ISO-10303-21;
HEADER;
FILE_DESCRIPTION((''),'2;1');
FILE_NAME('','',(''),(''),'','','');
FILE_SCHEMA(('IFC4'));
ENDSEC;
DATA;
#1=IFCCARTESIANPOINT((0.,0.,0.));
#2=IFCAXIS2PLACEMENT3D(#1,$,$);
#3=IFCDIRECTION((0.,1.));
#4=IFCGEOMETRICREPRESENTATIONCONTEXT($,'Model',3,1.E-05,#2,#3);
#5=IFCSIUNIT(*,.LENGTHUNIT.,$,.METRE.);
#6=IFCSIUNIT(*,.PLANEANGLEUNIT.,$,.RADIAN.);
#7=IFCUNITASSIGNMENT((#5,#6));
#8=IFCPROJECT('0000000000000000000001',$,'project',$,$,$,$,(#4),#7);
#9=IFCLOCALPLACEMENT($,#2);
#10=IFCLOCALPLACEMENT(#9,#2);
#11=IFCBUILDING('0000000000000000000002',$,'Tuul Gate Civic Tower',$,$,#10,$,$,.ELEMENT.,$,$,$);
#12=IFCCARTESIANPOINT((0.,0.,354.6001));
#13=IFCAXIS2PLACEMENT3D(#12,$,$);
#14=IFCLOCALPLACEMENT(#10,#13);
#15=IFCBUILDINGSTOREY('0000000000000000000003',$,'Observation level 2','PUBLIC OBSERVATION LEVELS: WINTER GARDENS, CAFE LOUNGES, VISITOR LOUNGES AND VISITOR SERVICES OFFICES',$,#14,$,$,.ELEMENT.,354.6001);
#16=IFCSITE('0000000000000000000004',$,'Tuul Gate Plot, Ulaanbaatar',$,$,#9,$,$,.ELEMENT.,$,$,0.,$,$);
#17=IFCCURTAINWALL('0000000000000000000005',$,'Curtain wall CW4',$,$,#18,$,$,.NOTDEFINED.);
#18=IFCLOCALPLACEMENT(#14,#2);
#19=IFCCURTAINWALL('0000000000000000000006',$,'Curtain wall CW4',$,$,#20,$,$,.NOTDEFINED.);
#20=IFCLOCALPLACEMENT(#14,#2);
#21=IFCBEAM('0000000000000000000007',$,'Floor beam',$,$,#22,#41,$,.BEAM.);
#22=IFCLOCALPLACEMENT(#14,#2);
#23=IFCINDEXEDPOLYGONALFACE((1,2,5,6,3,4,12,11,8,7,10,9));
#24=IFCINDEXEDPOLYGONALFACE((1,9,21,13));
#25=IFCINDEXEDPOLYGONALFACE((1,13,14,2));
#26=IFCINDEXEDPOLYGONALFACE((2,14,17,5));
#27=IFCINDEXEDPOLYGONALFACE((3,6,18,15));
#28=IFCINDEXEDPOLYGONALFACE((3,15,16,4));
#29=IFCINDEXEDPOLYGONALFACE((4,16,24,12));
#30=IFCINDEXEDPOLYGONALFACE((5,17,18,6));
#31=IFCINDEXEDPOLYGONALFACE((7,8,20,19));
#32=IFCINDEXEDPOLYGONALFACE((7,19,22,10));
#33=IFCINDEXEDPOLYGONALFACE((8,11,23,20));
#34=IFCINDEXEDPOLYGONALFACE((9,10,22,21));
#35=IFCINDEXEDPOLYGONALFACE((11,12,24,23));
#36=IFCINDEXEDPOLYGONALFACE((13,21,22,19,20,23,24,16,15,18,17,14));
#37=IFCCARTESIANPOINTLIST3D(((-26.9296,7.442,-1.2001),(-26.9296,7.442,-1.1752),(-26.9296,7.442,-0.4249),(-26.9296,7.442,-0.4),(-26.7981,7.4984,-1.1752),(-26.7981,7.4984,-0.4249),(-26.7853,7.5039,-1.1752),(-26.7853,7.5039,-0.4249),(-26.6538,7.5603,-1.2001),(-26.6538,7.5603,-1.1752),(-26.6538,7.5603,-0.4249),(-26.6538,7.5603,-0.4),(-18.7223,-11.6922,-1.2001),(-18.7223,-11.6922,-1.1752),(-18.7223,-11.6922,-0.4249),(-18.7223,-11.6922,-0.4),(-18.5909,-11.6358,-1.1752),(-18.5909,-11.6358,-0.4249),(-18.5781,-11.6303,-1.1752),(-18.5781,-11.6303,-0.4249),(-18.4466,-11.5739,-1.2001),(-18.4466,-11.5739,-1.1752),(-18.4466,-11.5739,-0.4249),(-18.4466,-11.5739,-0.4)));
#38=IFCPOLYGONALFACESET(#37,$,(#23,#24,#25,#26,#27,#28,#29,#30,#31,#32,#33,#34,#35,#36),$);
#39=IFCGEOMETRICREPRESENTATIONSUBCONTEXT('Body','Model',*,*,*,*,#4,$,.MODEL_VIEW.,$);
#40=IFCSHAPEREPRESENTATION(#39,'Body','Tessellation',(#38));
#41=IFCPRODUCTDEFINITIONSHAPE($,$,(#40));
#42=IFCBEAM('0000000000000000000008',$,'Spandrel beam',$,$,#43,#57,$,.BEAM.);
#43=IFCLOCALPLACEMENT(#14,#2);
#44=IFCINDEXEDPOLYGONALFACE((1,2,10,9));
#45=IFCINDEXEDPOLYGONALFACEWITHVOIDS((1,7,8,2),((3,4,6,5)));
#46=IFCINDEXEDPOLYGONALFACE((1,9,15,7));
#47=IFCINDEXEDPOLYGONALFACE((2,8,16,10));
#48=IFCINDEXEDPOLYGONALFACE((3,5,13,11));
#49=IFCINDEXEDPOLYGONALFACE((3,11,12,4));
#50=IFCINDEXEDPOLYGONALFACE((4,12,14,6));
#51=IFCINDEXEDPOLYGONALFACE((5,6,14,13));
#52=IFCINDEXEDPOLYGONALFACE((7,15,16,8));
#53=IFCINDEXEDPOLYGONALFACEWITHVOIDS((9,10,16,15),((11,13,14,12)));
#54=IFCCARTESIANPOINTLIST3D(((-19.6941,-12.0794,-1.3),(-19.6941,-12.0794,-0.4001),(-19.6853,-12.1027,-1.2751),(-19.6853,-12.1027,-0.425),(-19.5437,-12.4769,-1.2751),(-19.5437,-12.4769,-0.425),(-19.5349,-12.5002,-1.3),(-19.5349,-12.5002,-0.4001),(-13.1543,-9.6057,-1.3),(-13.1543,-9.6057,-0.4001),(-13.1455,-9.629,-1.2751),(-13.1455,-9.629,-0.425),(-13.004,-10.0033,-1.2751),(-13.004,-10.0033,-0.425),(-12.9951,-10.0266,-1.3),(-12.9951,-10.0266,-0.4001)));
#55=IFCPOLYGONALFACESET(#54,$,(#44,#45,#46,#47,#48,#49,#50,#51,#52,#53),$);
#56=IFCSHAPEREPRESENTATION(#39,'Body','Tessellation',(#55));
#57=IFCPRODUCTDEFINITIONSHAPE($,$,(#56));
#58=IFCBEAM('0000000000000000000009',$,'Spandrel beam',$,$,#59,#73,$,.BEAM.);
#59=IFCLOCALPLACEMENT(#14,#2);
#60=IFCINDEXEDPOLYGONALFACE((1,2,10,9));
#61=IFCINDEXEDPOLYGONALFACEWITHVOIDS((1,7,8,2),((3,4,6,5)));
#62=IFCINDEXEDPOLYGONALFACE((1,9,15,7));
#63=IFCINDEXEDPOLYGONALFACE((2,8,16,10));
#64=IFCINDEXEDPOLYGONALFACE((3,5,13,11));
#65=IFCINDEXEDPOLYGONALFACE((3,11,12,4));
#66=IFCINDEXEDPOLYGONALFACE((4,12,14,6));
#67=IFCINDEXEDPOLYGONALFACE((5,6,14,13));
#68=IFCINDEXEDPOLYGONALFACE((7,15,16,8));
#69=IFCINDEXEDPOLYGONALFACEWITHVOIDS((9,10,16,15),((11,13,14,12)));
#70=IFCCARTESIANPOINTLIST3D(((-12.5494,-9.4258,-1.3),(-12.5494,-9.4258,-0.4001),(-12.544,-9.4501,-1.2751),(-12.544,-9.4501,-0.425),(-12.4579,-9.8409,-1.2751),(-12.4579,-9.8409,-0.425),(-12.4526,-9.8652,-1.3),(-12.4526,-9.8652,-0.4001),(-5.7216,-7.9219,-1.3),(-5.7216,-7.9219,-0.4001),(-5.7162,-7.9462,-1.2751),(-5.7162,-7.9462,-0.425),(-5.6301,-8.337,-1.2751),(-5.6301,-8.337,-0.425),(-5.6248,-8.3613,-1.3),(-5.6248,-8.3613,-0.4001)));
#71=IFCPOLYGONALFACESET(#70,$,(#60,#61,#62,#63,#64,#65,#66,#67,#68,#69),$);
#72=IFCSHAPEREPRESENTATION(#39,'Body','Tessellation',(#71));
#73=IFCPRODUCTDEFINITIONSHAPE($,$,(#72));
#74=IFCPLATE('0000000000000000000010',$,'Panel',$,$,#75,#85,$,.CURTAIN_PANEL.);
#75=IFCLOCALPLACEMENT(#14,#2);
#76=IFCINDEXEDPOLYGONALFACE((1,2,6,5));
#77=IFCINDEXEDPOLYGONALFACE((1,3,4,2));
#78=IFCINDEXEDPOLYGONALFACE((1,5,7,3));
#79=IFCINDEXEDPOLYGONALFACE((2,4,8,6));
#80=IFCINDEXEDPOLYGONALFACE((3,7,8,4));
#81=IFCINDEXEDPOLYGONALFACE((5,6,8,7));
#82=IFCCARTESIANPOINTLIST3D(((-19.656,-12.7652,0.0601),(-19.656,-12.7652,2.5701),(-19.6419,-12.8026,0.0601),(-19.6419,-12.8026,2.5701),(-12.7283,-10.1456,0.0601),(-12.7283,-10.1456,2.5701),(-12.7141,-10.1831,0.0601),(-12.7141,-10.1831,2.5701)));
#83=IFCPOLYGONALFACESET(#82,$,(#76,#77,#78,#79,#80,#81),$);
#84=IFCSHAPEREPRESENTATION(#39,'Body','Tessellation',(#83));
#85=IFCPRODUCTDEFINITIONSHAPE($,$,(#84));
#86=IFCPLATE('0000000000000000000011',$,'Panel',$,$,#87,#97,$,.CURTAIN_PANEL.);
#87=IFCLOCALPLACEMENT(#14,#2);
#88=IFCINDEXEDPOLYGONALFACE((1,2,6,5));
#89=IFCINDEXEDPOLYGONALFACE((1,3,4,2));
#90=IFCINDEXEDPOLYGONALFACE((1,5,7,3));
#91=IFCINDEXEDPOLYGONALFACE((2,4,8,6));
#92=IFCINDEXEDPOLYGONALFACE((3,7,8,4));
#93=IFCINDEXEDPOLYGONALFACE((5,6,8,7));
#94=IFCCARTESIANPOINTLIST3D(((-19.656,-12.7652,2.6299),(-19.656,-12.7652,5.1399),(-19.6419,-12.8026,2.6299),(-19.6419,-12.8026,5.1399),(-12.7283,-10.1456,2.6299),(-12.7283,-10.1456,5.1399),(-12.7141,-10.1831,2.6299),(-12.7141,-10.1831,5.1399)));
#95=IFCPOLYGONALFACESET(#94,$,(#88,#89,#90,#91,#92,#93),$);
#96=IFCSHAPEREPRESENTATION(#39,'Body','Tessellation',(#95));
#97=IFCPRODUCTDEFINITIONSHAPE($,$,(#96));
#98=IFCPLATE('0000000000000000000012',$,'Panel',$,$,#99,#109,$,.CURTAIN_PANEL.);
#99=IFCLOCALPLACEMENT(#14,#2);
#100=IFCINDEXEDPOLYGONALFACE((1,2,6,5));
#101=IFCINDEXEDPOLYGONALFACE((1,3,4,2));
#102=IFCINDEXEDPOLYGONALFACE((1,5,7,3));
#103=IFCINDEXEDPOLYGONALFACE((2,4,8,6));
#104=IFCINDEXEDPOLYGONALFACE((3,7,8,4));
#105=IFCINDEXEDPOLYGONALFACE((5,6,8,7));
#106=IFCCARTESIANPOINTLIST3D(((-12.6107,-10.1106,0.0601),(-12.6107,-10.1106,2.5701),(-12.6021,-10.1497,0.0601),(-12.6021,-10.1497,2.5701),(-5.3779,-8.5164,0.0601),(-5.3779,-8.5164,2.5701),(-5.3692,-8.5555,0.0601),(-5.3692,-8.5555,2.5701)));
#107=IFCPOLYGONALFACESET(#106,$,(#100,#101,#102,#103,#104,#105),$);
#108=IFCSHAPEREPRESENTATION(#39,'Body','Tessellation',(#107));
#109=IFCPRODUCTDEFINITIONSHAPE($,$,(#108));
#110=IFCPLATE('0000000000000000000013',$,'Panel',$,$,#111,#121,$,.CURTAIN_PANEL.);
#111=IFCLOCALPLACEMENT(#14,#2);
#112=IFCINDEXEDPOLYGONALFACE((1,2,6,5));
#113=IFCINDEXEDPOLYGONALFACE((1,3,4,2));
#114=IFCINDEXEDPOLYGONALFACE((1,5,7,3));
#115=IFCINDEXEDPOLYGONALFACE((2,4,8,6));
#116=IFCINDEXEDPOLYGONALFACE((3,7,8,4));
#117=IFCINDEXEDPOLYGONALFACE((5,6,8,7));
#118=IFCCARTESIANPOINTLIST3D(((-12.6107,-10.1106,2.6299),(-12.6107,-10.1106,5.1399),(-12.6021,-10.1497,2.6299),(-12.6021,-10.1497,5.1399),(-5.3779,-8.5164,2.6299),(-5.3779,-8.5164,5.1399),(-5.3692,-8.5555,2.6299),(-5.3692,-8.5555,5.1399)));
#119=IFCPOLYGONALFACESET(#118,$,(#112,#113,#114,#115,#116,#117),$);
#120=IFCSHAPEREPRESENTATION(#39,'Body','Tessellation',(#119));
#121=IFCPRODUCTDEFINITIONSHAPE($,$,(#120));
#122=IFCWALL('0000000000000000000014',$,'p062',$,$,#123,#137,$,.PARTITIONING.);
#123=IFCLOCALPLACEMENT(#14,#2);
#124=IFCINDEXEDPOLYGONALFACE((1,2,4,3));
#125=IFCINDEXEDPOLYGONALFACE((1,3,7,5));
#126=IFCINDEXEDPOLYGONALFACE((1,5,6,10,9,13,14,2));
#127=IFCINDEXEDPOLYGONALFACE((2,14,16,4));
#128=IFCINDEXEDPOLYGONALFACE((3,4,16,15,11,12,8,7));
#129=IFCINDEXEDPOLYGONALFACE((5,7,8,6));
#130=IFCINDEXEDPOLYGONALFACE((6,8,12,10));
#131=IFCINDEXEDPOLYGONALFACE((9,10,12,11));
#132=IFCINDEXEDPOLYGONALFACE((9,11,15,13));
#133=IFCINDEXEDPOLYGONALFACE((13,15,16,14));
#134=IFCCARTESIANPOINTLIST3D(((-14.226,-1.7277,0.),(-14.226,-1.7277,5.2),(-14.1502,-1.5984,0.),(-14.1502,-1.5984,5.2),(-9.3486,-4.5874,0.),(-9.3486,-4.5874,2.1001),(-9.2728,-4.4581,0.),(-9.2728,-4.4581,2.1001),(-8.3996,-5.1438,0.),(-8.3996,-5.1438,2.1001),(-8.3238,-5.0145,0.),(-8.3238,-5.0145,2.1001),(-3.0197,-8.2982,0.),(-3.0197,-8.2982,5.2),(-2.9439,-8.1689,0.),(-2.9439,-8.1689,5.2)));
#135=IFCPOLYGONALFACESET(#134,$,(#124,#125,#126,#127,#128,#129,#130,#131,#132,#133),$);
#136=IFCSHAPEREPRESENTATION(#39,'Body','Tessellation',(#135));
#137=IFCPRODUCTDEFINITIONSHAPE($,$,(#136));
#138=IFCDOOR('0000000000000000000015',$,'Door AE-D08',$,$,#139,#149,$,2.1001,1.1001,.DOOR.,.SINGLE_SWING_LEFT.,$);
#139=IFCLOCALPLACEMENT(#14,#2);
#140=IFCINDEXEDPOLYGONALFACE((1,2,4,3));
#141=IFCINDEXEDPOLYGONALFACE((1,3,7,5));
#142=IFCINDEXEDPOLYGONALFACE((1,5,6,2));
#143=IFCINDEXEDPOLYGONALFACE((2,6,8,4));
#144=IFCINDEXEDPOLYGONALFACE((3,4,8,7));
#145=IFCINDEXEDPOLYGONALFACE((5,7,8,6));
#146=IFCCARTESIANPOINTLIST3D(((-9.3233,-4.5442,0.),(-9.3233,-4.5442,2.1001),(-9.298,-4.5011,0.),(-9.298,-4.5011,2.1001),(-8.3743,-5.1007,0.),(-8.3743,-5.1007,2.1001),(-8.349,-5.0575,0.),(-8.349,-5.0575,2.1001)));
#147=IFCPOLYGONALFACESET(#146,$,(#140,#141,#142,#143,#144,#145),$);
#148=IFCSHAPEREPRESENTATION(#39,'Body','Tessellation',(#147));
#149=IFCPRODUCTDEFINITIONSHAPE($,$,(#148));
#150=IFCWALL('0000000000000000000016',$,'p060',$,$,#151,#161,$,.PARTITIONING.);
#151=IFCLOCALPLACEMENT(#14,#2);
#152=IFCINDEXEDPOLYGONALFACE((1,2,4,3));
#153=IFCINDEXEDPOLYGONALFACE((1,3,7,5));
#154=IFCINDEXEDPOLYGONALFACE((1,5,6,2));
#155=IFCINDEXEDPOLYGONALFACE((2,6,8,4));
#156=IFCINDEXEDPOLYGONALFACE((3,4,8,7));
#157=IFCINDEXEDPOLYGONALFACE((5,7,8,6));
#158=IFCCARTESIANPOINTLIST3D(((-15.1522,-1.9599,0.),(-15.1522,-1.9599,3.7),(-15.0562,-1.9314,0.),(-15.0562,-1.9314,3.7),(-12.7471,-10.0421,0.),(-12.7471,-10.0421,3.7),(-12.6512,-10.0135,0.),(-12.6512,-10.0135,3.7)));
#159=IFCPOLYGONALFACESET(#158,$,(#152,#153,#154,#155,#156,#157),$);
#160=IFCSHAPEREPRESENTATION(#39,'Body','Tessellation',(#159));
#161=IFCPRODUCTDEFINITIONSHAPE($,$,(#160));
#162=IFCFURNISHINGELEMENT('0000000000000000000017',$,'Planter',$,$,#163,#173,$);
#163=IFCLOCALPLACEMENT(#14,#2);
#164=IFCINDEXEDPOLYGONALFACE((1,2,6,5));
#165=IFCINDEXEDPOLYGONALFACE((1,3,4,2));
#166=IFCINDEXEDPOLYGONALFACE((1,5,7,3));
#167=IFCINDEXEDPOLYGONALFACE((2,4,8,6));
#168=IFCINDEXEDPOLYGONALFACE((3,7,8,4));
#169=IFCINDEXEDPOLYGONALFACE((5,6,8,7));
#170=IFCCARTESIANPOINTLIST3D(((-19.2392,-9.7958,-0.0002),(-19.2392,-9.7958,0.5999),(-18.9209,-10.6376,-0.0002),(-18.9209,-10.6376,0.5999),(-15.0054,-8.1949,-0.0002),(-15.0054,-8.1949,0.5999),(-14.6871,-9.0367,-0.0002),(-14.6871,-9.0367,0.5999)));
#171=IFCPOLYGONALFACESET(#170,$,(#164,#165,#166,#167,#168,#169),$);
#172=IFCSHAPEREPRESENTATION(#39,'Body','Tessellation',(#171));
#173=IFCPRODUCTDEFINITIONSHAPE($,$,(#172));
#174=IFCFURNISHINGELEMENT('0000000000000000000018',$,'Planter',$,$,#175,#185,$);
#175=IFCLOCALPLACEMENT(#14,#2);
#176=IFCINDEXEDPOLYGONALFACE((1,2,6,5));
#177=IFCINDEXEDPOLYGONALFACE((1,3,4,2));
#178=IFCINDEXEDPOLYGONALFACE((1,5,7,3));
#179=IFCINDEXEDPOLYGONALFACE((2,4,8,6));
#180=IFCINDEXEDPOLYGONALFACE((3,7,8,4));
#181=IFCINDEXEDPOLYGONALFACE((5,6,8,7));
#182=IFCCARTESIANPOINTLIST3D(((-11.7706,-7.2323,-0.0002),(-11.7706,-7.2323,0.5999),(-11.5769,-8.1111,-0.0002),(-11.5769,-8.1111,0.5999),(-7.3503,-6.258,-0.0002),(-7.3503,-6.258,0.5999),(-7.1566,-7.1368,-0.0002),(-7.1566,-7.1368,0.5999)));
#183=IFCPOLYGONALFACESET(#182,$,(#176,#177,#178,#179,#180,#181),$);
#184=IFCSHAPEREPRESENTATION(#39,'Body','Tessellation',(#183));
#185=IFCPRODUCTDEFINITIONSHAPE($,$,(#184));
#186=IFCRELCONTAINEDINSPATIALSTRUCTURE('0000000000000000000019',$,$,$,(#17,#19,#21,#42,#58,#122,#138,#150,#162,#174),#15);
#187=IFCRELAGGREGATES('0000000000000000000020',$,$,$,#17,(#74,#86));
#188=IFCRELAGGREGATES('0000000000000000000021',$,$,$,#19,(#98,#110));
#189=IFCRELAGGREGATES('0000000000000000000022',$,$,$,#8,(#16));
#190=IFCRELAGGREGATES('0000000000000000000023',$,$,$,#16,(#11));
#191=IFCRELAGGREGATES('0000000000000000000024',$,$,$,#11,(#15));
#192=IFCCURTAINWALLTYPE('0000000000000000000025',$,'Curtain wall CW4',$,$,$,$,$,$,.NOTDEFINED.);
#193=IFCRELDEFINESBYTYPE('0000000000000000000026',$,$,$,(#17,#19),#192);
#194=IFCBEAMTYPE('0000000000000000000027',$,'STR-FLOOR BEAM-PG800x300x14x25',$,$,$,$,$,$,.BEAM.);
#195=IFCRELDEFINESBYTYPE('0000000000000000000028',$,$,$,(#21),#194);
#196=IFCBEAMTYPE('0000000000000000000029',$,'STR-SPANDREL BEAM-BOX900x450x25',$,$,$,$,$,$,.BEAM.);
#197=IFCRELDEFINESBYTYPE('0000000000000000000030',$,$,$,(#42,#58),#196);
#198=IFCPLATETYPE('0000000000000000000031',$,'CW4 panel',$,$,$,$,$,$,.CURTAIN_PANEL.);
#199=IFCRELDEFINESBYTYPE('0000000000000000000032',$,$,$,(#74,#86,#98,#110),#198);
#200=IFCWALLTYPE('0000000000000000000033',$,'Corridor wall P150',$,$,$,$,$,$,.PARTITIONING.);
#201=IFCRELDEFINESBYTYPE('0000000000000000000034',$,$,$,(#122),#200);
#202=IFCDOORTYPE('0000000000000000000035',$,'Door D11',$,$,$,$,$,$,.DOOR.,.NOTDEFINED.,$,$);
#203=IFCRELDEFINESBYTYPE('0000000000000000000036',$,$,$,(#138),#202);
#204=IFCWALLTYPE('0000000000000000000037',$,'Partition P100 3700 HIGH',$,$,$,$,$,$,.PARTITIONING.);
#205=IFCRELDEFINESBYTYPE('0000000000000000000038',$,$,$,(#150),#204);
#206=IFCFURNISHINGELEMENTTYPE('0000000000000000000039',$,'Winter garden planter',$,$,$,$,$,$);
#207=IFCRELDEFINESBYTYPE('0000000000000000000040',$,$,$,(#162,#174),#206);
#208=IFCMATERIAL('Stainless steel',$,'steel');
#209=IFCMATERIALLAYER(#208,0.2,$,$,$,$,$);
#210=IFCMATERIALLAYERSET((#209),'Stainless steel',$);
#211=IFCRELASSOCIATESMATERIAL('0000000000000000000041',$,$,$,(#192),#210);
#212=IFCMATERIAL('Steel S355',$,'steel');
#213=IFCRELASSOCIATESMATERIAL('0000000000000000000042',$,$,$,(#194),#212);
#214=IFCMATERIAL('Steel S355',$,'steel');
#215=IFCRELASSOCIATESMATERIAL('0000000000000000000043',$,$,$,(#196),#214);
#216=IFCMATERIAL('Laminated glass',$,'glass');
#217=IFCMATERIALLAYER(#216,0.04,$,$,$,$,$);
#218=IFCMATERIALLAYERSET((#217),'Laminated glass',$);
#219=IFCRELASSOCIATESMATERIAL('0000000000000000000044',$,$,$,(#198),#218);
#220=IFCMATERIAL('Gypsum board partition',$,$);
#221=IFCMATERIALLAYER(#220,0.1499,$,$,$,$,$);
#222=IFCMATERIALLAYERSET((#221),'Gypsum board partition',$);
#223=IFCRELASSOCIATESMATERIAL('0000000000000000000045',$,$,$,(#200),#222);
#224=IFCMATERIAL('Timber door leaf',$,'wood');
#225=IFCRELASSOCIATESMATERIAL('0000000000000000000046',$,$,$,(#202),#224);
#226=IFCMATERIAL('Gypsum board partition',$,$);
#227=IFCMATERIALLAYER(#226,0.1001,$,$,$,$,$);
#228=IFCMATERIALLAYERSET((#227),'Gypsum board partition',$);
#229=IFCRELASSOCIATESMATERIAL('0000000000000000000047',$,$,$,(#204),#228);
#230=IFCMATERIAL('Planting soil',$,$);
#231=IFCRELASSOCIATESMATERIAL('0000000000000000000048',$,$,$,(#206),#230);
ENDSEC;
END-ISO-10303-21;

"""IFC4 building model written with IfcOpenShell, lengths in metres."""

from ifc_helpers import new_model, si_unit, direction, frame, frame_2d, origin, origin_2d, place, context, subcontext, project, spatial, rectangle, hollow_rectangle, i_section, extrude, material, layer, layer_set, material_profile, profile_set, type_object, element, fill, aggregate, save


model = new_model("IFC4")

# Units and contexts
model_context = context("Model", 3, precision=1e-05, world=origin(), true_north=direction((0.0, 1.0)))
body_context = subcontext(model_context, "Body", "Model", "MODEL_VIEW")
ifc_project = project(units=[si_unit("LENGTHUNIT", "METRE"), si_unit("PLANEANGLEUNIT", "RADIAN")], contexts=[model_context])

# Site, building, storey
site_placement = place(None, origin())
site = spatial("IfcSite", under=ifc_project, at=site_placement, Name="Tuul Gate Plot, Ulaanbaatar", CompositionType="ELEMENT", RefElevation=0.0)
building_placement = place(site_placement, origin())
building = spatial("IfcBuilding", under=site, at=building_placement, Name="Tuul Gate Civic Tower", CompositionType="ELEMENT")
storey_placement = place(building_placement, frame((0.0, 0.0, 354.6001)))
storey = spatial("IfcBuildingStorey", under=building, at=storey_placement, Name="Observation level 2", Description="PUBLIC OBSERVATION LEVELS: WINTER GARDENS, CAFE LOUNGES, VISITOR LOUNGES AND VISITOR SERVICES OFFICES", CompositionType="ELEMENT", Elevation=354.6001)

# Curtain walls
ifc_material_1 = material(Name="Stainless steel", Category="steel")
ifc_layer_1 = layer(ifc_material_1, 0.2)
ifc_layer_set_1 = layer_set([ifc_layer_1], Name="Stainless steel")
curtain_wall_type = type_object("IfcCurtainWallType", Name="Curtain wall CW4", PredefinedType="NOTDEFINED", material=ifc_layer_set_1)
curtain_wall_1_placement = place(storey_placement, origin())
curtain_wall_1 = element("IfcCurtainWall", 1, at=curtain_wall_1_placement, inside=storey, type_object=curtain_wall_type, Name="Curtain wall CW4", PredefinedType="NOTDEFINED")
curtain_wall_2_placement = place(storey_placement, origin())
curtain_wall_2 = element("IfcCurtainWall", 2, at=curtain_wall_2_placement, inside=storey, type_object=curtain_wall_type, Name="Curtain wall CW4", PredefinedType="NOTDEFINED")

# Beams
ifc_material_2 = material(Name="Steel S355", Category="steel")
ifc_material_profile_1 = material_profile(ifc_material_2, i_section(OverallWidth=0.3, OverallDepth=0.8, WebThickness=0.0139, FlangeThickness=0.0249, at=origin_2d()), Name="PG800x300x14x25")
ifc_profile_set_1 = profile_set([ifc_material_profile_1], Name="Steel S355")
beam_type_1 = type_object("IfcBeamType", Name="STR-FLOOR BEAM-PG800x300x14x25", PredefinedType="BEAM", material=ifc_profile_set_1)
beam_1_placement = place(storey_placement, frame((-18.5845, -11.6331, -0.8), z_axis=(-0.394198, 0.919026, 0.0), x_axis=(-0.919026, -0.394198, 0.0)))
element("IfcBeam", 3, at=beam_1_placement, inside=storey, type_object=beam_type_1, Name="Floor beam", PredefinedType="BEAM", context=body_context, shape_type="SweptSolid", body=[
    extrude(i_section(OverallWidth=0.3, OverallDepth=0.8, WebThickness=0.0139, FlangeThickness=0.0249, at=origin_2d()), origin(), (0.0, 0.0, 1.0), 20.8201),
])
ifc_material_3 = material(Name="Steel S355", Category="steel")
ifc_material_profile_2 = material_profile(ifc_material_3, hollow_rectangle(XDim=0.45, YDim=0.8999, WallThickness=0.0249, at=origin_2d()), Name="BOX900x450x25")
ifc_profile_set_2 = profile_set([ifc_material_profile_2], Name="Steel S355")
beam_type_2 = type_object("IfcBeamType", Name="STR-SPANDREL BEAM-BOX900x450x25", PredefinedType="BEAM", material=ifc_profile_set_2)
beam_2_placement = place(storey_placement, frame((-19.6145, -12.2898, -0.8501), z_axis=(0.935328, 0.353781, 0.0), x_axis=(-0.353781, 0.935328, 0.0)))
element("IfcBeam", 4, at=beam_2_placement, inside=storey, type_object=beam_type_2, Name="Spandrel beam", PredefinedType="BEAM", context=body_context, shape_type="SweptSolid", body=[
    extrude(hollow_rectangle(XDim=0.45, YDim=0.8999, WallThickness=0.0249, at=origin_2d()), origin(), (0.0, 0.0, 1.0), 6.9919),
])
beam_3_placement = place(storey_placement, frame((-12.501, -9.6455, -0.8501), z_axis=(0.976591, 0.215104, 0.0), x_axis=(-0.215104, 0.976591, 0.0)))
element("IfcBeam", 5, at=beam_3_placement, inside=storey, type_object=beam_type_2, Name="Spandrel beam", PredefinedType="BEAM", context=body_context, shape_type="SweptSolid", body=[
    extrude(hollow_rectangle(XDim=0.45, YDim=0.8999, WallThickness=0.0249, at=origin_2d()), origin(), (0.0, 0.0, 1.0), 6.9915),
])

# Plates
ifc_material_4 = material(Name="Laminated glass", Category="glass")
ifc_layer_2 = layer(ifc_material_4, 0.04)
ifc_layer_set_2 = layer_set([ifc_layer_2], Name="Laminated glass")
plate_type = type_object("IfcPlateType", Name="CW4 panel", PredefinedType="CURTAIN_PANEL", material=ifc_layer_set_2)
plate_1_placement = place(storey_placement, frame((-16.1851, -11.4741, 0.0601), z_axis=(0.0, 0.0, 1.0), x_axis=(0.935365, 0.353685, 0.0)))
plate_1 = element("IfcPlate", 6, at=plate_1_placement, type_object=plate_type, Name="Panel", PredefinedType="CURTAIN_PANEL", context=body_context, shape_type="SweptSolid", body=[
    extrude(rectangle(XDim=7.4065, YDim=0.04, at=origin_2d()), origin(), (0.0, 0.0, 1.0), 2.51),
])
plate_2_placement = place(storey_placement, frame((-16.1851, -11.4741, 2.6299), z_axis=(0.0, 0.0, 1.0), x_axis=(0.935365, 0.353685, 0.0)))
plate_2 = element("IfcPlate", 7, at=plate_2_placement, type_object=plate_type, Name="Panel", PredefinedType="CURTAIN_PANEL", context=body_context, shape_type="SweptSolid", body=[
    extrude(rectangle(XDim=7.4065, YDim=0.04, at=origin_2d()), origin(), (0.0, 0.0, 1.0), 2.51),
])
aggregate(curtain_wall_1, [plate_1, plate_2])
plate_3_placement = place(storey_placement, frame((-8.99, -9.333, 0.0601), z_axis=(0.0, 0.0, 1.0), x_axis=(0.976561, 0.215242, 0.0)))
plate_3 = element("IfcPlate", 8, at=plate_3_placement, type_object=plate_type, Name="Panel", PredefinedType="CURTAIN_PANEL", context=body_context, shape_type="SweptSolid", body=[
    extrude(rectangle(XDim=7.4065, YDim=0.04, at=origin_2d()), origin(), (0.0, 0.0, 1.0), 2.51),
])
plate_4_placement = place(storey_placement, frame((-8.99, -9.333, 2.6299), z_axis=(0.0, 0.0, 1.0), x_axis=(0.976561, 0.215242, 0.0)))
plate_4 = element("IfcPlate", 9, at=plate_4_placement, type_object=plate_type, Name="Panel", PredefinedType="CURTAIN_PANEL", context=body_context, shape_type="SweptSolid", body=[
    extrude(rectangle(XDim=7.4065, YDim=0.04, at=origin_2d()), origin(), (0.0, 0.0, 1.0), 2.51),
])
aggregate(curtain_wall_2, [plate_3, plate_4])

# Wall, opening, door
ifc_material_5 = material(Name="Gypsum board partition")
ifc_layer_3 = layer(ifc_material_5, 0.1499)
ifc_layer_set_3 = layer_set([ifc_layer_3], Name="Gypsum board partition")
wall_type_1 = type_object("IfcWallType", Name="Corridor wall P150", PredefinedType="PARTITIONING", material=ifc_layer_set_3)
wall_1_placement = place(storey_placement, frame((-14.188, -1.6631, 0.0), z_axis=(0.0, 0.0, 1.0), x_axis=(0.862653, -0.505797, 0.0)))
wall_1 = element("IfcWall", 10, at=wall_1_placement, inside=storey, type_object=wall_type_1, Name="p062", PredefinedType="PARTITIONING", context=body_context, shape_type="SweptSolid", body=[
    extrude(rectangle(XDim=12.9905, YDim=0.1499, at=frame_2d((6.4951, 0.0))), origin(), (0.0, 0.0, 1.0), 5.2),
])
opening_placement = place(wall_1_placement, frame((5.6538, 0.0, 0.0)))
opening = element("IfcOpeningElement", 11, at=opening_placement, cuts=wall_1, PredefinedType="OPENING", context=body_context, shape_type="SweptSolid", body=[
    extrude(rectangle(XDim=1.1001, YDim=2.1001, at=frame_2d((0.55, 1.05))), frame((0.0, 0.085, 0.0), z_axis=(0.0, -1.0, 0.0), x_axis=(1.0, 0.0, 0.0)), (0.0, 0.0, 1.0), 0.1699),
])
ifc_material_6 = material(Name="Timber door leaf", Category="wood")
door_type = type_object("IfcDoorType", Name="Door D11", OperationType="NOTDEFINED", PredefinedType="DOOR", material=ifc_material_6)
door_placement = place(opening_placement, frame((1.1001, 0.0, 0.0), z_axis=(0.0, 0.0, 1.0), x_axis=(-1.0, 0.0, 0.0)))
door = element("IfcDoor", 12, at=door_placement, inside=storey, type_object=door_type, Name="Door AE-D08", OperationType="SINGLE_SWING_LEFT", OverallHeight=2.1001, OverallWidth=1.1001, PredefinedType="DOOR", context=body_context, shape_type="SweptSolid", body=[
    extrude(rectangle(XDim=1.1001, YDim=2.1001, at=frame_2d((0.55, 1.05))), frame((0.0, 0.0249, 0.0), z_axis=(0.0, -1.0, 0.0), x_axis=(1.0, 0.0, 0.0)), (0.0, 0.0, 1.0), 0.05),
])
fill(opening, door)

# Wall
ifc_material_7 = material(Name="Gypsum board partition")
ifc_layer_4 = layer(ifc_material_7, 0.1001)
ifc_layer_set_4 = layer_set([ifc_layer_4], Name="Gypsum board partition")
wall_type_2 = type_object("IfcWallType", Name="Partition P100 3700 HIGH", PredefinedType="PARTITIONING", material=ifc_layer_set_4)
wall_2_placement = place(storey_placement, frame((-15.1042, -1.9456, 0.0), z_axis=(0.0, 0.0, 1.0), x_axis=(0.285217, -0.958463, 0.0)))
element("IfcWall", 13, at=wall_2_placement, inside=storey, type_object=wall_type_2, Name="p060", PredefinedType="PARTITIONING", context=body_context, shape_type="SweptSolid", body=[
    extrude(rectangle(XDim=8.4324, YDim=0.1001, at=frame_2d((4.2163, 0.0))), origin(), (0.0, 0.0, 1.0), 3.7),
])

# Furnishing elements
ifc_material_8 = material(Name="Planting soil")
furnishing_element_type = type_object("IfcFurnishingElementType", Name="Winter garden planter", material=ifc_material_8)
for number, where, z_axis, x_axis, name in (
    (14, (-16.9631, -9.4163, -0.0002), (0.0, 0.0, 1.0), (0.935365, 0.353685, 0.0), "Planter"),
    (15, (-9.4636, -7.1846, -0.0002), (0.0, 0.0, 1.0), (0.976561, 0.215242, 0.0), "Planter"),
):
    element("IfcFurnishingElement", number, at=place(storey_placement, frame(where, z_axis=z_axis, x_axis=x_axis)), inside=storey, type_object=furnishing_element_type, Name=name, context=body_context, shape_type="SweptSolid", body=[
        extrude(rectangle(XDim=4.5264, YDim=0.8999, at=origin_2d()), origin(), (0.0, 0.0, 1.0), 0.6001),
    ])

save(model, "model.ifc")
